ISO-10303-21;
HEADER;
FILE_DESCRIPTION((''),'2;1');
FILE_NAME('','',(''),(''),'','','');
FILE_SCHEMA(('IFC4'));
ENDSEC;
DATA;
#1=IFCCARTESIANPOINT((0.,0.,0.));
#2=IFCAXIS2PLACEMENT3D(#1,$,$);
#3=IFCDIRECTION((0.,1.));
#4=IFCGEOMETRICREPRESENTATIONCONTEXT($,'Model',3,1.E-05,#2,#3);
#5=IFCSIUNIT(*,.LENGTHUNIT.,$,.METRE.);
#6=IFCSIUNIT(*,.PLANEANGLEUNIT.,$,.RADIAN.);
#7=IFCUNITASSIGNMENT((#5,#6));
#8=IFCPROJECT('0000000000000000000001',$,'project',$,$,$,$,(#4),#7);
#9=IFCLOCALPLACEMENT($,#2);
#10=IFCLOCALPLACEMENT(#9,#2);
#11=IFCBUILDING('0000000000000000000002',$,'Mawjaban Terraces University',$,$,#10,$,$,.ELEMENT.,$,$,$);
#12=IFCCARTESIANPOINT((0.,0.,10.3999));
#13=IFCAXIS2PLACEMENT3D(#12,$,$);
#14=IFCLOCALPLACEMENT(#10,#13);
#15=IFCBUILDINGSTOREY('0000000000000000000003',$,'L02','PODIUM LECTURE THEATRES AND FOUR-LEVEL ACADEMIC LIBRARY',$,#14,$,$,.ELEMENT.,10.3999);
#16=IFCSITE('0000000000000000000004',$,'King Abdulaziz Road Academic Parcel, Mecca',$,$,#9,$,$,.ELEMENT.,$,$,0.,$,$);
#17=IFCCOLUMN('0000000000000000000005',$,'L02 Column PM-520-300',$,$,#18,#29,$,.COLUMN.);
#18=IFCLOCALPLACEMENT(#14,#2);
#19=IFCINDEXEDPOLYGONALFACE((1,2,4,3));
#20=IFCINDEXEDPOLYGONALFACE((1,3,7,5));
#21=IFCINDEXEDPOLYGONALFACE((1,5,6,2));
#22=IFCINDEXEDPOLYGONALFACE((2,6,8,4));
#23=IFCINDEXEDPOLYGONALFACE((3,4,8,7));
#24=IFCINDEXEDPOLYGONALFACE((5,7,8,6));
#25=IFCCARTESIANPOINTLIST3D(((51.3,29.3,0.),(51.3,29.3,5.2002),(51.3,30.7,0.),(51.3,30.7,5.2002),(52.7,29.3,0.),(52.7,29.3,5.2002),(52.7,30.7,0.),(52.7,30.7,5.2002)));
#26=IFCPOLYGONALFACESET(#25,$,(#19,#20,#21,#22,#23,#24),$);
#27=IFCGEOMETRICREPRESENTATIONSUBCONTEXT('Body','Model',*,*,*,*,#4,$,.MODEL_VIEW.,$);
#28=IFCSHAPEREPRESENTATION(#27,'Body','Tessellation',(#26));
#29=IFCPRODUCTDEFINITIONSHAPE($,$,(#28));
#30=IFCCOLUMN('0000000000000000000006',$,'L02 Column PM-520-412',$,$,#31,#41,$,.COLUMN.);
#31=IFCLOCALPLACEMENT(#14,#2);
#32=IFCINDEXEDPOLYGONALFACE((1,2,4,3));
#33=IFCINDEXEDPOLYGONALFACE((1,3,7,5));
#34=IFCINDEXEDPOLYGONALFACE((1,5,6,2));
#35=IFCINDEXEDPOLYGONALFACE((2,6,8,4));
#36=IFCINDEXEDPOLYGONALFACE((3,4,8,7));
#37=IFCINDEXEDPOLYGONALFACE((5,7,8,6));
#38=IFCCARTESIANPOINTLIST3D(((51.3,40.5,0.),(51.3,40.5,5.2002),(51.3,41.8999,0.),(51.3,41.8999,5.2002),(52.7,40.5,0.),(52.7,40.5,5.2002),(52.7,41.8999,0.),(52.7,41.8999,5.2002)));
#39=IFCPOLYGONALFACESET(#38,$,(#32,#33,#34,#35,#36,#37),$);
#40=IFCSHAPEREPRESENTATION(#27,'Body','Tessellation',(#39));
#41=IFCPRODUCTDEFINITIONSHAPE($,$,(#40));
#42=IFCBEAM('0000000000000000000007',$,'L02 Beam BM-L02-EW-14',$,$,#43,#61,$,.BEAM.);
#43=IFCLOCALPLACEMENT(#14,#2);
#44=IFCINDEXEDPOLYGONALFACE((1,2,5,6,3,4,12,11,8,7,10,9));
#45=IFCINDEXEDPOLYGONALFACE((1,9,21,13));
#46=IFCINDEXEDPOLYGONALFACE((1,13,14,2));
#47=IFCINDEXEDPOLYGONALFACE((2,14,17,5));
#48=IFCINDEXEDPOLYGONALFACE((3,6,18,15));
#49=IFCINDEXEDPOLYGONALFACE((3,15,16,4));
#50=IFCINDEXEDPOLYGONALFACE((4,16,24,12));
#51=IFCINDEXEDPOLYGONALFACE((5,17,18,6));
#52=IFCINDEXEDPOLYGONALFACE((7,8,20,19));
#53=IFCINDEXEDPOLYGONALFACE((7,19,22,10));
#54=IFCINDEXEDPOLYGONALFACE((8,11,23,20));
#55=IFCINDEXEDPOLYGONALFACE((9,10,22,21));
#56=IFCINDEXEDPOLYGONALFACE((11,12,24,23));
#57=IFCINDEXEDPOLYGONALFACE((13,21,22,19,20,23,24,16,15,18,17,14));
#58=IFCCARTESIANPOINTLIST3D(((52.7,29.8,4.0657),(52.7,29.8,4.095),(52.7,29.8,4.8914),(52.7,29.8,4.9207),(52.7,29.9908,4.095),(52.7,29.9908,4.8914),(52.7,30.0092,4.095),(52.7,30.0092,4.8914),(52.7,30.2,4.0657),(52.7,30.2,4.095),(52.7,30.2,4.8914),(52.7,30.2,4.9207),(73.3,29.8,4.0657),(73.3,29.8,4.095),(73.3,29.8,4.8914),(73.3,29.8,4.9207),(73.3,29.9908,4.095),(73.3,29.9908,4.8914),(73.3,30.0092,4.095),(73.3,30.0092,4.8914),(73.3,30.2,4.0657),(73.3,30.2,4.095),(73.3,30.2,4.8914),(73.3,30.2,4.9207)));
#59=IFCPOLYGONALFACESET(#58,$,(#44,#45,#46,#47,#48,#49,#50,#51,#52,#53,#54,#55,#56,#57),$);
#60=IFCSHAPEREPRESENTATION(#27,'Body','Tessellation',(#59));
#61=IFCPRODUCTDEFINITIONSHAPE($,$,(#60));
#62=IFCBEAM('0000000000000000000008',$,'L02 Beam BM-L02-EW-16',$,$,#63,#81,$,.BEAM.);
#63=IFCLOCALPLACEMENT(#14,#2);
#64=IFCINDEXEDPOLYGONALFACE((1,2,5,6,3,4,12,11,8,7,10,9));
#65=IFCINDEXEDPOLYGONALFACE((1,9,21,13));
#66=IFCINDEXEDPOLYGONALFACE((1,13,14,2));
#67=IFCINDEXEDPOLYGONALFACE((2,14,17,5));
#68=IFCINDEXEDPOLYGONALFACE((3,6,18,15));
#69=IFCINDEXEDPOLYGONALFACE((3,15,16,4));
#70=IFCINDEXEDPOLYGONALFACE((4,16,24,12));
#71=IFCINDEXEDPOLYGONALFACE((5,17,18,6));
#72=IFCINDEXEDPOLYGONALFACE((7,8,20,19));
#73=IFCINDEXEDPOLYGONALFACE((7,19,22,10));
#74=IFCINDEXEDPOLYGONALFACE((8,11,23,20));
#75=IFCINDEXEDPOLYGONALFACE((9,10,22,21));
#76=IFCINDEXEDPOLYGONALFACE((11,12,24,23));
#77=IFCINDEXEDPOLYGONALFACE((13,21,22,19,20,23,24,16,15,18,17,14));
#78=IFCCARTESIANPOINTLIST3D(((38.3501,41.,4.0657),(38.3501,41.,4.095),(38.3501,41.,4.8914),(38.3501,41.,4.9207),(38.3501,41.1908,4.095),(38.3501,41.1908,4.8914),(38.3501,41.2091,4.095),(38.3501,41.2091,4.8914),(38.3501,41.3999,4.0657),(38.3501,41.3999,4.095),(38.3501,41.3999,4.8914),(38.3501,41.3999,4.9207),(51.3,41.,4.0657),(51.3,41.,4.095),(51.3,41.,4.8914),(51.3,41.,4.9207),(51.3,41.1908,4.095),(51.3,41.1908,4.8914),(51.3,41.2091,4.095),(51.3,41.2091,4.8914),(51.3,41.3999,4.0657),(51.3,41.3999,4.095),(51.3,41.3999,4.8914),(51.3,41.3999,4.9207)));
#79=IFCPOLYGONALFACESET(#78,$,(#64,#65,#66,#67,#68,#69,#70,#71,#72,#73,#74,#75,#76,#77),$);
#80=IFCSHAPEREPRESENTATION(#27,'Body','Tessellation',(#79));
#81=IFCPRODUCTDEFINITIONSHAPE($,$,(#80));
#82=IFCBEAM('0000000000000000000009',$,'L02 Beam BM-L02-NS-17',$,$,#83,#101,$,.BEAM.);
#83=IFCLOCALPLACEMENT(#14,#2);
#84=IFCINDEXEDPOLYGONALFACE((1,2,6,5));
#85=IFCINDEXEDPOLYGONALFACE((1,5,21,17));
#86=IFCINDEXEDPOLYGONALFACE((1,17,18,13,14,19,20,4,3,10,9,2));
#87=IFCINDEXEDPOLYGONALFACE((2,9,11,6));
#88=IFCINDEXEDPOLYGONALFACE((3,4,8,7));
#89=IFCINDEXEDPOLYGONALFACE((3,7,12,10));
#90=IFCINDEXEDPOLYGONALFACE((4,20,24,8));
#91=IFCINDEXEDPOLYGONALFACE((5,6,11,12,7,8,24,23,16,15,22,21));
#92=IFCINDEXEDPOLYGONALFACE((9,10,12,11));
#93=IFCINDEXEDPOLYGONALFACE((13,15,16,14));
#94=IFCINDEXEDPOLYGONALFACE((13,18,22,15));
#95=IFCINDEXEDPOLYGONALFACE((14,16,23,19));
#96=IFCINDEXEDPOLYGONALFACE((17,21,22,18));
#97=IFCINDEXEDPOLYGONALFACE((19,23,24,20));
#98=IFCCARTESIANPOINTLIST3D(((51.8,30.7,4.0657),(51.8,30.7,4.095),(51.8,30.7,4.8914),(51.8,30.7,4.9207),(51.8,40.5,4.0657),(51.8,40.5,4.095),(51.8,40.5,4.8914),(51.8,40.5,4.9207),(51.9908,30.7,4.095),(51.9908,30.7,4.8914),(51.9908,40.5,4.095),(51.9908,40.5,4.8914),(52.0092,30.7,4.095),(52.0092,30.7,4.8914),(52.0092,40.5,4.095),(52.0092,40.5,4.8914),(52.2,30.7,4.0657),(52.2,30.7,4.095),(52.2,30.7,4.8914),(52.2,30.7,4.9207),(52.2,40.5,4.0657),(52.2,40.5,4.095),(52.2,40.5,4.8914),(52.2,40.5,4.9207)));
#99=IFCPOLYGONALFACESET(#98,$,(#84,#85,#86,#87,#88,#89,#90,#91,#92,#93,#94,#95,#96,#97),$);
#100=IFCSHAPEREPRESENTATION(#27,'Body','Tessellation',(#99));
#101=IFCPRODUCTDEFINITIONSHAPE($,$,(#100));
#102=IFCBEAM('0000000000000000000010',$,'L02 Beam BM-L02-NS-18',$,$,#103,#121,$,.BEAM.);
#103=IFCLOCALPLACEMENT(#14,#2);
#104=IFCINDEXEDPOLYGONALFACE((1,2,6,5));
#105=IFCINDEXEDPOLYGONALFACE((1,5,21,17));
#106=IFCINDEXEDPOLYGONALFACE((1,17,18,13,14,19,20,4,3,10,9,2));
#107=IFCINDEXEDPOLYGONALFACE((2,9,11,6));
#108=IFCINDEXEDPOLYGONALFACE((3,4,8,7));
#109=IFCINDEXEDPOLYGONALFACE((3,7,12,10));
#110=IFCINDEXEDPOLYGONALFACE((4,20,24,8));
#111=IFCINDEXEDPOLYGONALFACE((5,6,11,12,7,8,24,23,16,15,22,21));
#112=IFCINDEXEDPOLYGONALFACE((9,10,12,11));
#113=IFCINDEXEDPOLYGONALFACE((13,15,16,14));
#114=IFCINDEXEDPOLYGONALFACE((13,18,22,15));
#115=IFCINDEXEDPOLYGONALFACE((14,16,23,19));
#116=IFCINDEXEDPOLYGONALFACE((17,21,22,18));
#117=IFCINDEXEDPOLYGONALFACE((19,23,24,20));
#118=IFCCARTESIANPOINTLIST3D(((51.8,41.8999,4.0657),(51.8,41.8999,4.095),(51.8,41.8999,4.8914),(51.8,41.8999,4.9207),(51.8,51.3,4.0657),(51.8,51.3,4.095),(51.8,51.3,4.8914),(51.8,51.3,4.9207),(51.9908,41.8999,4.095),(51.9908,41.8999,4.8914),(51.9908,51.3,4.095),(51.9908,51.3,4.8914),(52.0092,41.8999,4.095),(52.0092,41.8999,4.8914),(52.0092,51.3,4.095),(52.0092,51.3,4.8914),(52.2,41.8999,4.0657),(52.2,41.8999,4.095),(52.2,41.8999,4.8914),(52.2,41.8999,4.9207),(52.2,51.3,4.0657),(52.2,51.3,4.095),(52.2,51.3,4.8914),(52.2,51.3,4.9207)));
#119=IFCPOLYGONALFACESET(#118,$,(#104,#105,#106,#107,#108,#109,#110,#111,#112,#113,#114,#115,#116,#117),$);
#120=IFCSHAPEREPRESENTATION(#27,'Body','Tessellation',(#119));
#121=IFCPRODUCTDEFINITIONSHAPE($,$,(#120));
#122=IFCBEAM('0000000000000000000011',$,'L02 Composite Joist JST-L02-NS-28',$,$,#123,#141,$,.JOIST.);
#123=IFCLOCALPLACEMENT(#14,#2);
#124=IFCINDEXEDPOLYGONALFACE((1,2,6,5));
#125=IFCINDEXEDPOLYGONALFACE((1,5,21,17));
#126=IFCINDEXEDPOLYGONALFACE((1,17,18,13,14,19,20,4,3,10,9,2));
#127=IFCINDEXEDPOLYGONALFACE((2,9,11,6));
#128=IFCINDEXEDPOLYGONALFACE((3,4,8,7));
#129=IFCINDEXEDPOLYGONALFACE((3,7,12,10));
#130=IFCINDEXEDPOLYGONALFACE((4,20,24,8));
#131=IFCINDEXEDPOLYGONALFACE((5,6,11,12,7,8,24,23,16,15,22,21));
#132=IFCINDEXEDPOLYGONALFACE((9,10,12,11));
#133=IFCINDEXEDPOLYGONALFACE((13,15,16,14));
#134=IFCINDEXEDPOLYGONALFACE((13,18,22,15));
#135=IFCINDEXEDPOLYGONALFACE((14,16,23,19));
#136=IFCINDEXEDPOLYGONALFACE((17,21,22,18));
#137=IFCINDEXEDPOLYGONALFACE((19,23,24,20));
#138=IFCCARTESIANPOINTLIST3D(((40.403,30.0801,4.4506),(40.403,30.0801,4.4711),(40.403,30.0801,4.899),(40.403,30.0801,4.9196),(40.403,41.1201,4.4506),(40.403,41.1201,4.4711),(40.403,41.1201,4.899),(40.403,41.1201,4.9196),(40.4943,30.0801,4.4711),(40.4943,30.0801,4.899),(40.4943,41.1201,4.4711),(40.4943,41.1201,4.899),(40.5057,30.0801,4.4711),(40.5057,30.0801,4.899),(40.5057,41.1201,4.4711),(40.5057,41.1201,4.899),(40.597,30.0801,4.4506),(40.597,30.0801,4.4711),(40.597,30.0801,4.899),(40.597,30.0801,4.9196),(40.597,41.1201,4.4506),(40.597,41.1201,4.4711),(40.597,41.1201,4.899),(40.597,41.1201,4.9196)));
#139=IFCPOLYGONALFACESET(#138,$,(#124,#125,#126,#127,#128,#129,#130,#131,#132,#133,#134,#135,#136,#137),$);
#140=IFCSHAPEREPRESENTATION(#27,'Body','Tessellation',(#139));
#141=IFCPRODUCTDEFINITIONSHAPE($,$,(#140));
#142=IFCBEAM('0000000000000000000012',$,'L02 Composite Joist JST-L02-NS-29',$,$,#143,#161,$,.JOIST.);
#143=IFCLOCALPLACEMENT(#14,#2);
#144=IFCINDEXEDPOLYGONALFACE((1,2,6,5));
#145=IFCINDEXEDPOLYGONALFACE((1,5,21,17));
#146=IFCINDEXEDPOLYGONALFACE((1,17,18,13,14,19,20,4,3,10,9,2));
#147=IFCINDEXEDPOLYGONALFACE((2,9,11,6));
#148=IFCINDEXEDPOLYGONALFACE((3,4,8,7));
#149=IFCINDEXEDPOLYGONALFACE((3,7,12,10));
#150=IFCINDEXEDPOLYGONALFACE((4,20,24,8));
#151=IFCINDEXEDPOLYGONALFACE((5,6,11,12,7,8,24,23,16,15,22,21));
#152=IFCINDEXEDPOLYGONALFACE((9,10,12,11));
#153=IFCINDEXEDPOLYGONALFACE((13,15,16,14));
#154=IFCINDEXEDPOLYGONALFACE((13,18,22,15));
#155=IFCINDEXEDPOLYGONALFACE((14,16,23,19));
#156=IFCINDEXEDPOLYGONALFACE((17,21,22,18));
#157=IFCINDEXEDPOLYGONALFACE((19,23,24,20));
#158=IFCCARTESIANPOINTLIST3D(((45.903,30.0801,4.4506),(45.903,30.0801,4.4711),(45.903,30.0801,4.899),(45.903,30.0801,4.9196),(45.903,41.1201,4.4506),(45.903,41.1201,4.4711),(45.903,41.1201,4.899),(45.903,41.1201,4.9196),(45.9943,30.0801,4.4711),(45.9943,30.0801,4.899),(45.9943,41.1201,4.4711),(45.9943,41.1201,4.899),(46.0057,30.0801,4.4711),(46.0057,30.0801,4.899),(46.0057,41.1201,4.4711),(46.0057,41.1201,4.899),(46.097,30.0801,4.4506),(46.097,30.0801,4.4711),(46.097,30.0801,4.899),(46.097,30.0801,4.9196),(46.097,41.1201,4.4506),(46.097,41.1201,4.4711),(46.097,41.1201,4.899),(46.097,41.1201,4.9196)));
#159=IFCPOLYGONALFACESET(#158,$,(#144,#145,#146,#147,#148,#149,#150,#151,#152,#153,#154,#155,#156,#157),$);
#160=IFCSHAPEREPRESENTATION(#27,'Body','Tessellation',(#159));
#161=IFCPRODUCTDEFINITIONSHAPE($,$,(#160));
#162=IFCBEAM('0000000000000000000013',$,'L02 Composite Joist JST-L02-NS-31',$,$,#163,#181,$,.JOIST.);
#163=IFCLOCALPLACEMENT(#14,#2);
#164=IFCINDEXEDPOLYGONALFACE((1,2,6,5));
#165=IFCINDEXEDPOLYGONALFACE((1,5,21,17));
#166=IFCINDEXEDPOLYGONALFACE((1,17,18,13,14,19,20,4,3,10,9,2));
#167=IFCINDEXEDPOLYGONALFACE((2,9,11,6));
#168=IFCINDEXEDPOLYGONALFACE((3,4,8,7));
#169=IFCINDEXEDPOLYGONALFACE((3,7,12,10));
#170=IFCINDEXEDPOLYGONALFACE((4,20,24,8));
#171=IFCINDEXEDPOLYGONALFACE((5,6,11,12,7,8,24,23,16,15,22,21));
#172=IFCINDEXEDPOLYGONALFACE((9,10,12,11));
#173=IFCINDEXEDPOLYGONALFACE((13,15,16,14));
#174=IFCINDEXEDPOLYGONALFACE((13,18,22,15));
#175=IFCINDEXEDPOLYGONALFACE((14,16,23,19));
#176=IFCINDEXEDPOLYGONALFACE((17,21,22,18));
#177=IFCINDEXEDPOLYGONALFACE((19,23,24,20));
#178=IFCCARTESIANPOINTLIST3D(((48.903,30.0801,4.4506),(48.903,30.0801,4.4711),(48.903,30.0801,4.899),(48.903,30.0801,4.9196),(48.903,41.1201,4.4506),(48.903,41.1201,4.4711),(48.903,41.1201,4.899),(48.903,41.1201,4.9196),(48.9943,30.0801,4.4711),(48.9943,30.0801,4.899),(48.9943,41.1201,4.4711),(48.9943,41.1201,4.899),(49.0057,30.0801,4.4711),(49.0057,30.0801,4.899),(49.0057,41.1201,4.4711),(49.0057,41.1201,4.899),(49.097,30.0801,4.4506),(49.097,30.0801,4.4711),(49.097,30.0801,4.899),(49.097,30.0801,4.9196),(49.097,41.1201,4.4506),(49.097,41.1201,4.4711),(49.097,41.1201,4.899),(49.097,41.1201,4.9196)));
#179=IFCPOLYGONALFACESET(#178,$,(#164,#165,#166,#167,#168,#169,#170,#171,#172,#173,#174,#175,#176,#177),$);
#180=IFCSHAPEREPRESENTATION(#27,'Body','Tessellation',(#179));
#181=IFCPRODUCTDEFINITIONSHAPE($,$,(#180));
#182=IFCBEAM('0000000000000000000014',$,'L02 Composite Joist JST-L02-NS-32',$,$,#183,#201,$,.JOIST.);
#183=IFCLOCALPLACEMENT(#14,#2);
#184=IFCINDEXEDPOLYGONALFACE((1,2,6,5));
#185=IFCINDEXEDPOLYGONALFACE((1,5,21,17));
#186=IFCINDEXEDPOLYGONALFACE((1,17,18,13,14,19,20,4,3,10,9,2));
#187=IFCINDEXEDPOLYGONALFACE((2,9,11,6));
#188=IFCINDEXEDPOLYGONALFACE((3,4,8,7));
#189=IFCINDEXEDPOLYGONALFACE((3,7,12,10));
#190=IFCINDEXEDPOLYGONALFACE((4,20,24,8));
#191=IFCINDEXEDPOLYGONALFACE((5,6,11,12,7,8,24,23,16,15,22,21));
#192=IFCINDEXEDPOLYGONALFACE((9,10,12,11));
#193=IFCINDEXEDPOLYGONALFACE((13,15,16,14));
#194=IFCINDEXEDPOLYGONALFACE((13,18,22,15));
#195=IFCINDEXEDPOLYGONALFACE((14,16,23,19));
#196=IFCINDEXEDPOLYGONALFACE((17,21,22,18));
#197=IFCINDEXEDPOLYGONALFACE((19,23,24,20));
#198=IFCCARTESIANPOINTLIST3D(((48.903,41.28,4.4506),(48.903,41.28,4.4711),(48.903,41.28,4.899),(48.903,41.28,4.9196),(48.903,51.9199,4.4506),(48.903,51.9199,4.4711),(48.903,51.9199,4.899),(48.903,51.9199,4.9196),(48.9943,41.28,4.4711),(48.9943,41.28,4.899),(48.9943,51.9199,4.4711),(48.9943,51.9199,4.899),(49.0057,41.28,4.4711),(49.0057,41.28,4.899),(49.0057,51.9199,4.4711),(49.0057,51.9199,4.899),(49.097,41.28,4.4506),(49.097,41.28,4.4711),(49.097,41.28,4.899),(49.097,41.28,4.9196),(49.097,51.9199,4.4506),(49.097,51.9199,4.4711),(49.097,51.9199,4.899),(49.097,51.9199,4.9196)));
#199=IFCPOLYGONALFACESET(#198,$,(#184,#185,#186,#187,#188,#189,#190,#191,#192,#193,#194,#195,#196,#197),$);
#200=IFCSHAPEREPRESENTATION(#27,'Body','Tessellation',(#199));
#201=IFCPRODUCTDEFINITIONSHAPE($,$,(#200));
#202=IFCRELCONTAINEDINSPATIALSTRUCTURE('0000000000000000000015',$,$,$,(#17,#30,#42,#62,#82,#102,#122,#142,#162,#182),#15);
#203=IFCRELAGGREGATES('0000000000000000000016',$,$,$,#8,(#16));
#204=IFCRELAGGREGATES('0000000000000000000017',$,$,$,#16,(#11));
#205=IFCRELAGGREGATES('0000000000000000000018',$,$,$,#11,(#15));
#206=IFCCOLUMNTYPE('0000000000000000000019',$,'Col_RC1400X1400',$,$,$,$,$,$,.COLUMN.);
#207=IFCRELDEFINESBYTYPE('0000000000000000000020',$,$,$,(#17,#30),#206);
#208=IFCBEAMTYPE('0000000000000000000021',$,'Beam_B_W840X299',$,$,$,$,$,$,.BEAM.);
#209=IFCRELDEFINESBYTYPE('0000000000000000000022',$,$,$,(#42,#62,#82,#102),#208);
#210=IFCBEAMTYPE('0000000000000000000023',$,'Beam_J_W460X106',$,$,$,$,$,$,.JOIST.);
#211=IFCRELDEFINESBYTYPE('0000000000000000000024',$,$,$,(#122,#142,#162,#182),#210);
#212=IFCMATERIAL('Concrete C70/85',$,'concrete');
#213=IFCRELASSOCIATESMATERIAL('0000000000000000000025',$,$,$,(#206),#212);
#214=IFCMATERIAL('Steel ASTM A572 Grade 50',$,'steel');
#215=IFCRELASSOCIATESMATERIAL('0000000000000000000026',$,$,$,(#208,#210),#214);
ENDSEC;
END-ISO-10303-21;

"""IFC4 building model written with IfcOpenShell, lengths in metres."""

from ifc_helpers import new_model, si_unit, direction, frame, origin, origin_2d, place, context, subcontext, project, spatial, rectangle, i_section, extrude, material, material_profile, profile_set, type_object, element, save


model = new_model("IFC4")

# Units and contexts
model_context = context("Model", 3, precision=1e-05, world=origin(), true_north=direction((0.0, 1.0)))
body_context = subcontext(model_context, "Body", "Model", "MODEL_VIEW")
ifc_project = project(units=[si_unit("LENGTHUNIT", "METRE"), si_unit("PLANEANGLEUNIT", "RADIAN")], contexts=[model_context])

# Site, building, storey
site_placement = place(None, origin())
site = spatial("IfcSite", under=ifc_project, at=site_placement, Name="King Abdulaziz Road Academic Parcel, Mecca", CompositionType="ELEMENT", RefElevation=0.0)
building_placement = place(site_placement, origin())
building = spatial("IfcBuilding", under=site, at=building_placement, Name="Mawjaban Terraces University", CompositionType="ELEMENT")
storey_placement = place(building_placement, frame((0.0, 0.0, 10.3999)))
storey = spatial("IfcBuildingStorey", under=building, at=storey_placement, Name="L02", Description="PODIUM LECTURE THEATRES AND FOUR-LEVEL ACADEMIC LIBRARY", CompositionType="ELEMENT", Elevation=10.3999)

# Columns
ifc_material_1 = material(Name="Concrete C70/85", Category="concrete")
ifc_material_profile_1 = material_profile(ifc_material_1, rectangle(XDim=1.3999, YDim=1.3999, at=origin_2d()), Name="RC1400X1400")
ifc_profile_set_1 = profile_set([ifc_material_profile_1], Name="Concrete C70/85")
column_type = type_object("IfcColumnType", Name="Col_RC1400X1400", PredefinedType="COLUMN", material=ifc_profile_set_1)
for number, where, z_axis, x_axis, name in (
    (1, (52.0, 30.0, 0.0), (0.0, 0.0, 1.0), (1.0, 0.0, 0.0), "L02 Column PM-520-300"),
    (2, (52.0, 41.2, 0.0), (0.0, 0.0, 1.0), (1.0, 0.0, 0.0), "L02 Column PM-520-412"),
):
    element("IfcColumn", number, at=place(storey_placement, frame(where, z_axis=z_axis, x_axis=x_axis)), inside=storey, type_object=column_type, Name=name, PredefinedType="COLUMN", context=body_context, shape_type="SweptSolid", body=[
        extrude(rectangle(XDim=1.3999, YDim=1.3999, at=origin_2d()), origin(), (0.0, 0.0, 1.0), 5.2002),
    ])

# Beams
ifc_material_2 = material(Name="Steel ASTM A572 Grade 50", Category="steel")
ifc_material_profile_2 = material_profile(ifc_material_2, i_section(OverallWidth=0.3999, OverallDepth=0.855, WebThickness=0.0183, FlangeThickness=0.0293, at=origin_2d()), Name="W840X299")
ifc_profile_set_2 = profile_set([ifc_material_profile_2], Name="Steel ASTM A572 Grade 50")
beam_type_1 = type_object("IfcBeamType", Name="Beam_B_W840X299", PredefinedType="BEAM", material=ifc_profile_set_2)
beam_1_placement = place(storey_placement, frame((52.7, 30.0, 4.4932), z_axis=(1.0, 0.0, 0.0), x_axis=(0.0, 1.0, 0.0)))
element("IfcBeam", 3, at=beam_1_placement, inside=storey, type_object=beam_type_1, Name="L02 Beam BM-L02-EW-14", PredefinedType="BEAM", context=body_context, shape_type="SweptSolid", body=[
    extrude(i_section(OverallWidth=0.3999, OverallDepth=0.855, WebThickness=0.0183, FlangeThickness=0.0293, at=origin_2d()), origin(), (0.0, 0.0, 1.0), 20.6001),
])
beam_2_placement = place(storey_placement, frame((38.3501, 41.2, 4.4932), z_axis=(1.0, 0.0, 0.0), x_axis=(0.0, 1.0, 0.0)))
element("IfcBeam", 4, at=beam_2_placement, inside=storey, type_object=beam_type_1, Name="L02 Beam BM-L02-EW-16", PredefinedType="BEAM", context=body_context, shape_type="SweptSolid", body=[
    extrude(i_section(OverallWidth=0.3999, OverallDepth=0.855, WebThickness=0.0183, FlangeThickness=0.0293, at=origin_2d()), origin(), (0.0, 0.0, 1.0), 12.95),
])
beam_3_placement = place(storey_placement, frame((52.0, 30.7, 4.4932), z_axis=(0.0, 1.0, 0.0), x_axis=(-1.0, 0.0, 0.0)))
element("IfcBeam", 5, at=beam_3_placement, inside=storey, type_object=beam_type_1, Name="L02 Beam BM-L02-NS-17", PredefinedType="BEAM", context=body_context, shape_type="SweptSolid", body=[
    extrude(i_section(OverallWidth=0.3999, OverallDepth=0.855, WebThickness=0.0183, FlangeThickness=0.0293, at=origin_2d()), origin(), (0.0, 0.0, 1.0), 9.8),
])
beam_4_placement = place(storey_placement, frame((52.0, 41.8999, 4.4932), z_axis=(0.0, 1.0, 0.0), x_axis=(-1.0, 0.0, 0.0)))
element("IfcBeam", 6, at=beam_4_placement, inside=storey, type_object=beam_type_1, Name="L02 Beam BM-L02-NS-18", PredefinedType="BEAM", context=body_context, shape_type="SweptSolid", body=[
    extrude(i_section(OverallWidth=0.3999, OverallDepth=0.855, WebThickness=0.0183, FlangeThickness=0.0293, at=origin_2d()), origin(), (0.0, 0.0, 1.0), 9.4001),
])
ifc_material_profile_3 = material_profile(ifc_material_2, i_section(OverallWidth=0.1941, OverallDepth=0.469, WebThickness=0.0115, FlangeThickness=0.0205, at=origin_2d()), Name="W460X106")
ifc_profile_set_3 = profile_set([ifc_material_profile_3], Name="Steel ASTM A572 Grade 50")
beam_type_2 = type_object("IfcBeamType", Name="Beam_J_W460X106", PredefinedType="JOIST", material=ifc_profile_set_3)
for number, where, z_axis, x_axis, name in (
    (7, (40.5, 30.0801, 4.6851), (0.0, 1.0, 0.0), (-1.0, 0.0, 0.0), "L02 Composite Joist JST-L02-NS-28"),
    (8, (46.0, 30.0801, 4.6851), (0.0, 1.0, 0.0), (-1.0, 0.0, 0.0), "L02 Composite Joist JST-L02-NS-29"),
    (9, (49.0, 30.0801, 4.6851), (0.0, 1.0, 0.0), (-1.0, 0.0, 0.0), "L02 Composite Joist JST-L02-NS-31"),
):
    element("IfcBeam", number, at=place(storey_placement, frame(where, z_axis=z_axis, x_axis=x_axis)), inside=storey, type_object=beam_type_2, Name=name, PredefinedType="JOIST", context=body_context, shape_type="SweptSolid", body=[
        extrude(i_section(OverallWidth=0.1941, OverallDepth=0.469, WebThickness=0.0115, FlangeThickness=0.0205, at=origin_2d()), origin(), (0.0, 0.0, 1.0), 11.04),
    ])
beam_5_placement = place(storey_placement, frame((49.0, 41.28, 4.6851), z_axis=(0.0, 1.0, 0.0), x_axis=(-1.0, 0.0, 0.0)))
element("IfcBeam", 10, at=beam_5_placement, inside=storey, type_object=beam_type_2, Name="L02 Composite Joist JST-L02-NS-32", PredefinedType="JOIST", context=body_context, shape_type="SweptSolid", body=[
    extrude(i_section(OverallWidth=0.1941, OverallDepth=0.469, WebThickness=0.0115, FlangeThickness=0.0205, at=origin_2d()), origin(), (0.0, 0.0, 1.0), 10.6399),
])

save(model, "model.ifc")
